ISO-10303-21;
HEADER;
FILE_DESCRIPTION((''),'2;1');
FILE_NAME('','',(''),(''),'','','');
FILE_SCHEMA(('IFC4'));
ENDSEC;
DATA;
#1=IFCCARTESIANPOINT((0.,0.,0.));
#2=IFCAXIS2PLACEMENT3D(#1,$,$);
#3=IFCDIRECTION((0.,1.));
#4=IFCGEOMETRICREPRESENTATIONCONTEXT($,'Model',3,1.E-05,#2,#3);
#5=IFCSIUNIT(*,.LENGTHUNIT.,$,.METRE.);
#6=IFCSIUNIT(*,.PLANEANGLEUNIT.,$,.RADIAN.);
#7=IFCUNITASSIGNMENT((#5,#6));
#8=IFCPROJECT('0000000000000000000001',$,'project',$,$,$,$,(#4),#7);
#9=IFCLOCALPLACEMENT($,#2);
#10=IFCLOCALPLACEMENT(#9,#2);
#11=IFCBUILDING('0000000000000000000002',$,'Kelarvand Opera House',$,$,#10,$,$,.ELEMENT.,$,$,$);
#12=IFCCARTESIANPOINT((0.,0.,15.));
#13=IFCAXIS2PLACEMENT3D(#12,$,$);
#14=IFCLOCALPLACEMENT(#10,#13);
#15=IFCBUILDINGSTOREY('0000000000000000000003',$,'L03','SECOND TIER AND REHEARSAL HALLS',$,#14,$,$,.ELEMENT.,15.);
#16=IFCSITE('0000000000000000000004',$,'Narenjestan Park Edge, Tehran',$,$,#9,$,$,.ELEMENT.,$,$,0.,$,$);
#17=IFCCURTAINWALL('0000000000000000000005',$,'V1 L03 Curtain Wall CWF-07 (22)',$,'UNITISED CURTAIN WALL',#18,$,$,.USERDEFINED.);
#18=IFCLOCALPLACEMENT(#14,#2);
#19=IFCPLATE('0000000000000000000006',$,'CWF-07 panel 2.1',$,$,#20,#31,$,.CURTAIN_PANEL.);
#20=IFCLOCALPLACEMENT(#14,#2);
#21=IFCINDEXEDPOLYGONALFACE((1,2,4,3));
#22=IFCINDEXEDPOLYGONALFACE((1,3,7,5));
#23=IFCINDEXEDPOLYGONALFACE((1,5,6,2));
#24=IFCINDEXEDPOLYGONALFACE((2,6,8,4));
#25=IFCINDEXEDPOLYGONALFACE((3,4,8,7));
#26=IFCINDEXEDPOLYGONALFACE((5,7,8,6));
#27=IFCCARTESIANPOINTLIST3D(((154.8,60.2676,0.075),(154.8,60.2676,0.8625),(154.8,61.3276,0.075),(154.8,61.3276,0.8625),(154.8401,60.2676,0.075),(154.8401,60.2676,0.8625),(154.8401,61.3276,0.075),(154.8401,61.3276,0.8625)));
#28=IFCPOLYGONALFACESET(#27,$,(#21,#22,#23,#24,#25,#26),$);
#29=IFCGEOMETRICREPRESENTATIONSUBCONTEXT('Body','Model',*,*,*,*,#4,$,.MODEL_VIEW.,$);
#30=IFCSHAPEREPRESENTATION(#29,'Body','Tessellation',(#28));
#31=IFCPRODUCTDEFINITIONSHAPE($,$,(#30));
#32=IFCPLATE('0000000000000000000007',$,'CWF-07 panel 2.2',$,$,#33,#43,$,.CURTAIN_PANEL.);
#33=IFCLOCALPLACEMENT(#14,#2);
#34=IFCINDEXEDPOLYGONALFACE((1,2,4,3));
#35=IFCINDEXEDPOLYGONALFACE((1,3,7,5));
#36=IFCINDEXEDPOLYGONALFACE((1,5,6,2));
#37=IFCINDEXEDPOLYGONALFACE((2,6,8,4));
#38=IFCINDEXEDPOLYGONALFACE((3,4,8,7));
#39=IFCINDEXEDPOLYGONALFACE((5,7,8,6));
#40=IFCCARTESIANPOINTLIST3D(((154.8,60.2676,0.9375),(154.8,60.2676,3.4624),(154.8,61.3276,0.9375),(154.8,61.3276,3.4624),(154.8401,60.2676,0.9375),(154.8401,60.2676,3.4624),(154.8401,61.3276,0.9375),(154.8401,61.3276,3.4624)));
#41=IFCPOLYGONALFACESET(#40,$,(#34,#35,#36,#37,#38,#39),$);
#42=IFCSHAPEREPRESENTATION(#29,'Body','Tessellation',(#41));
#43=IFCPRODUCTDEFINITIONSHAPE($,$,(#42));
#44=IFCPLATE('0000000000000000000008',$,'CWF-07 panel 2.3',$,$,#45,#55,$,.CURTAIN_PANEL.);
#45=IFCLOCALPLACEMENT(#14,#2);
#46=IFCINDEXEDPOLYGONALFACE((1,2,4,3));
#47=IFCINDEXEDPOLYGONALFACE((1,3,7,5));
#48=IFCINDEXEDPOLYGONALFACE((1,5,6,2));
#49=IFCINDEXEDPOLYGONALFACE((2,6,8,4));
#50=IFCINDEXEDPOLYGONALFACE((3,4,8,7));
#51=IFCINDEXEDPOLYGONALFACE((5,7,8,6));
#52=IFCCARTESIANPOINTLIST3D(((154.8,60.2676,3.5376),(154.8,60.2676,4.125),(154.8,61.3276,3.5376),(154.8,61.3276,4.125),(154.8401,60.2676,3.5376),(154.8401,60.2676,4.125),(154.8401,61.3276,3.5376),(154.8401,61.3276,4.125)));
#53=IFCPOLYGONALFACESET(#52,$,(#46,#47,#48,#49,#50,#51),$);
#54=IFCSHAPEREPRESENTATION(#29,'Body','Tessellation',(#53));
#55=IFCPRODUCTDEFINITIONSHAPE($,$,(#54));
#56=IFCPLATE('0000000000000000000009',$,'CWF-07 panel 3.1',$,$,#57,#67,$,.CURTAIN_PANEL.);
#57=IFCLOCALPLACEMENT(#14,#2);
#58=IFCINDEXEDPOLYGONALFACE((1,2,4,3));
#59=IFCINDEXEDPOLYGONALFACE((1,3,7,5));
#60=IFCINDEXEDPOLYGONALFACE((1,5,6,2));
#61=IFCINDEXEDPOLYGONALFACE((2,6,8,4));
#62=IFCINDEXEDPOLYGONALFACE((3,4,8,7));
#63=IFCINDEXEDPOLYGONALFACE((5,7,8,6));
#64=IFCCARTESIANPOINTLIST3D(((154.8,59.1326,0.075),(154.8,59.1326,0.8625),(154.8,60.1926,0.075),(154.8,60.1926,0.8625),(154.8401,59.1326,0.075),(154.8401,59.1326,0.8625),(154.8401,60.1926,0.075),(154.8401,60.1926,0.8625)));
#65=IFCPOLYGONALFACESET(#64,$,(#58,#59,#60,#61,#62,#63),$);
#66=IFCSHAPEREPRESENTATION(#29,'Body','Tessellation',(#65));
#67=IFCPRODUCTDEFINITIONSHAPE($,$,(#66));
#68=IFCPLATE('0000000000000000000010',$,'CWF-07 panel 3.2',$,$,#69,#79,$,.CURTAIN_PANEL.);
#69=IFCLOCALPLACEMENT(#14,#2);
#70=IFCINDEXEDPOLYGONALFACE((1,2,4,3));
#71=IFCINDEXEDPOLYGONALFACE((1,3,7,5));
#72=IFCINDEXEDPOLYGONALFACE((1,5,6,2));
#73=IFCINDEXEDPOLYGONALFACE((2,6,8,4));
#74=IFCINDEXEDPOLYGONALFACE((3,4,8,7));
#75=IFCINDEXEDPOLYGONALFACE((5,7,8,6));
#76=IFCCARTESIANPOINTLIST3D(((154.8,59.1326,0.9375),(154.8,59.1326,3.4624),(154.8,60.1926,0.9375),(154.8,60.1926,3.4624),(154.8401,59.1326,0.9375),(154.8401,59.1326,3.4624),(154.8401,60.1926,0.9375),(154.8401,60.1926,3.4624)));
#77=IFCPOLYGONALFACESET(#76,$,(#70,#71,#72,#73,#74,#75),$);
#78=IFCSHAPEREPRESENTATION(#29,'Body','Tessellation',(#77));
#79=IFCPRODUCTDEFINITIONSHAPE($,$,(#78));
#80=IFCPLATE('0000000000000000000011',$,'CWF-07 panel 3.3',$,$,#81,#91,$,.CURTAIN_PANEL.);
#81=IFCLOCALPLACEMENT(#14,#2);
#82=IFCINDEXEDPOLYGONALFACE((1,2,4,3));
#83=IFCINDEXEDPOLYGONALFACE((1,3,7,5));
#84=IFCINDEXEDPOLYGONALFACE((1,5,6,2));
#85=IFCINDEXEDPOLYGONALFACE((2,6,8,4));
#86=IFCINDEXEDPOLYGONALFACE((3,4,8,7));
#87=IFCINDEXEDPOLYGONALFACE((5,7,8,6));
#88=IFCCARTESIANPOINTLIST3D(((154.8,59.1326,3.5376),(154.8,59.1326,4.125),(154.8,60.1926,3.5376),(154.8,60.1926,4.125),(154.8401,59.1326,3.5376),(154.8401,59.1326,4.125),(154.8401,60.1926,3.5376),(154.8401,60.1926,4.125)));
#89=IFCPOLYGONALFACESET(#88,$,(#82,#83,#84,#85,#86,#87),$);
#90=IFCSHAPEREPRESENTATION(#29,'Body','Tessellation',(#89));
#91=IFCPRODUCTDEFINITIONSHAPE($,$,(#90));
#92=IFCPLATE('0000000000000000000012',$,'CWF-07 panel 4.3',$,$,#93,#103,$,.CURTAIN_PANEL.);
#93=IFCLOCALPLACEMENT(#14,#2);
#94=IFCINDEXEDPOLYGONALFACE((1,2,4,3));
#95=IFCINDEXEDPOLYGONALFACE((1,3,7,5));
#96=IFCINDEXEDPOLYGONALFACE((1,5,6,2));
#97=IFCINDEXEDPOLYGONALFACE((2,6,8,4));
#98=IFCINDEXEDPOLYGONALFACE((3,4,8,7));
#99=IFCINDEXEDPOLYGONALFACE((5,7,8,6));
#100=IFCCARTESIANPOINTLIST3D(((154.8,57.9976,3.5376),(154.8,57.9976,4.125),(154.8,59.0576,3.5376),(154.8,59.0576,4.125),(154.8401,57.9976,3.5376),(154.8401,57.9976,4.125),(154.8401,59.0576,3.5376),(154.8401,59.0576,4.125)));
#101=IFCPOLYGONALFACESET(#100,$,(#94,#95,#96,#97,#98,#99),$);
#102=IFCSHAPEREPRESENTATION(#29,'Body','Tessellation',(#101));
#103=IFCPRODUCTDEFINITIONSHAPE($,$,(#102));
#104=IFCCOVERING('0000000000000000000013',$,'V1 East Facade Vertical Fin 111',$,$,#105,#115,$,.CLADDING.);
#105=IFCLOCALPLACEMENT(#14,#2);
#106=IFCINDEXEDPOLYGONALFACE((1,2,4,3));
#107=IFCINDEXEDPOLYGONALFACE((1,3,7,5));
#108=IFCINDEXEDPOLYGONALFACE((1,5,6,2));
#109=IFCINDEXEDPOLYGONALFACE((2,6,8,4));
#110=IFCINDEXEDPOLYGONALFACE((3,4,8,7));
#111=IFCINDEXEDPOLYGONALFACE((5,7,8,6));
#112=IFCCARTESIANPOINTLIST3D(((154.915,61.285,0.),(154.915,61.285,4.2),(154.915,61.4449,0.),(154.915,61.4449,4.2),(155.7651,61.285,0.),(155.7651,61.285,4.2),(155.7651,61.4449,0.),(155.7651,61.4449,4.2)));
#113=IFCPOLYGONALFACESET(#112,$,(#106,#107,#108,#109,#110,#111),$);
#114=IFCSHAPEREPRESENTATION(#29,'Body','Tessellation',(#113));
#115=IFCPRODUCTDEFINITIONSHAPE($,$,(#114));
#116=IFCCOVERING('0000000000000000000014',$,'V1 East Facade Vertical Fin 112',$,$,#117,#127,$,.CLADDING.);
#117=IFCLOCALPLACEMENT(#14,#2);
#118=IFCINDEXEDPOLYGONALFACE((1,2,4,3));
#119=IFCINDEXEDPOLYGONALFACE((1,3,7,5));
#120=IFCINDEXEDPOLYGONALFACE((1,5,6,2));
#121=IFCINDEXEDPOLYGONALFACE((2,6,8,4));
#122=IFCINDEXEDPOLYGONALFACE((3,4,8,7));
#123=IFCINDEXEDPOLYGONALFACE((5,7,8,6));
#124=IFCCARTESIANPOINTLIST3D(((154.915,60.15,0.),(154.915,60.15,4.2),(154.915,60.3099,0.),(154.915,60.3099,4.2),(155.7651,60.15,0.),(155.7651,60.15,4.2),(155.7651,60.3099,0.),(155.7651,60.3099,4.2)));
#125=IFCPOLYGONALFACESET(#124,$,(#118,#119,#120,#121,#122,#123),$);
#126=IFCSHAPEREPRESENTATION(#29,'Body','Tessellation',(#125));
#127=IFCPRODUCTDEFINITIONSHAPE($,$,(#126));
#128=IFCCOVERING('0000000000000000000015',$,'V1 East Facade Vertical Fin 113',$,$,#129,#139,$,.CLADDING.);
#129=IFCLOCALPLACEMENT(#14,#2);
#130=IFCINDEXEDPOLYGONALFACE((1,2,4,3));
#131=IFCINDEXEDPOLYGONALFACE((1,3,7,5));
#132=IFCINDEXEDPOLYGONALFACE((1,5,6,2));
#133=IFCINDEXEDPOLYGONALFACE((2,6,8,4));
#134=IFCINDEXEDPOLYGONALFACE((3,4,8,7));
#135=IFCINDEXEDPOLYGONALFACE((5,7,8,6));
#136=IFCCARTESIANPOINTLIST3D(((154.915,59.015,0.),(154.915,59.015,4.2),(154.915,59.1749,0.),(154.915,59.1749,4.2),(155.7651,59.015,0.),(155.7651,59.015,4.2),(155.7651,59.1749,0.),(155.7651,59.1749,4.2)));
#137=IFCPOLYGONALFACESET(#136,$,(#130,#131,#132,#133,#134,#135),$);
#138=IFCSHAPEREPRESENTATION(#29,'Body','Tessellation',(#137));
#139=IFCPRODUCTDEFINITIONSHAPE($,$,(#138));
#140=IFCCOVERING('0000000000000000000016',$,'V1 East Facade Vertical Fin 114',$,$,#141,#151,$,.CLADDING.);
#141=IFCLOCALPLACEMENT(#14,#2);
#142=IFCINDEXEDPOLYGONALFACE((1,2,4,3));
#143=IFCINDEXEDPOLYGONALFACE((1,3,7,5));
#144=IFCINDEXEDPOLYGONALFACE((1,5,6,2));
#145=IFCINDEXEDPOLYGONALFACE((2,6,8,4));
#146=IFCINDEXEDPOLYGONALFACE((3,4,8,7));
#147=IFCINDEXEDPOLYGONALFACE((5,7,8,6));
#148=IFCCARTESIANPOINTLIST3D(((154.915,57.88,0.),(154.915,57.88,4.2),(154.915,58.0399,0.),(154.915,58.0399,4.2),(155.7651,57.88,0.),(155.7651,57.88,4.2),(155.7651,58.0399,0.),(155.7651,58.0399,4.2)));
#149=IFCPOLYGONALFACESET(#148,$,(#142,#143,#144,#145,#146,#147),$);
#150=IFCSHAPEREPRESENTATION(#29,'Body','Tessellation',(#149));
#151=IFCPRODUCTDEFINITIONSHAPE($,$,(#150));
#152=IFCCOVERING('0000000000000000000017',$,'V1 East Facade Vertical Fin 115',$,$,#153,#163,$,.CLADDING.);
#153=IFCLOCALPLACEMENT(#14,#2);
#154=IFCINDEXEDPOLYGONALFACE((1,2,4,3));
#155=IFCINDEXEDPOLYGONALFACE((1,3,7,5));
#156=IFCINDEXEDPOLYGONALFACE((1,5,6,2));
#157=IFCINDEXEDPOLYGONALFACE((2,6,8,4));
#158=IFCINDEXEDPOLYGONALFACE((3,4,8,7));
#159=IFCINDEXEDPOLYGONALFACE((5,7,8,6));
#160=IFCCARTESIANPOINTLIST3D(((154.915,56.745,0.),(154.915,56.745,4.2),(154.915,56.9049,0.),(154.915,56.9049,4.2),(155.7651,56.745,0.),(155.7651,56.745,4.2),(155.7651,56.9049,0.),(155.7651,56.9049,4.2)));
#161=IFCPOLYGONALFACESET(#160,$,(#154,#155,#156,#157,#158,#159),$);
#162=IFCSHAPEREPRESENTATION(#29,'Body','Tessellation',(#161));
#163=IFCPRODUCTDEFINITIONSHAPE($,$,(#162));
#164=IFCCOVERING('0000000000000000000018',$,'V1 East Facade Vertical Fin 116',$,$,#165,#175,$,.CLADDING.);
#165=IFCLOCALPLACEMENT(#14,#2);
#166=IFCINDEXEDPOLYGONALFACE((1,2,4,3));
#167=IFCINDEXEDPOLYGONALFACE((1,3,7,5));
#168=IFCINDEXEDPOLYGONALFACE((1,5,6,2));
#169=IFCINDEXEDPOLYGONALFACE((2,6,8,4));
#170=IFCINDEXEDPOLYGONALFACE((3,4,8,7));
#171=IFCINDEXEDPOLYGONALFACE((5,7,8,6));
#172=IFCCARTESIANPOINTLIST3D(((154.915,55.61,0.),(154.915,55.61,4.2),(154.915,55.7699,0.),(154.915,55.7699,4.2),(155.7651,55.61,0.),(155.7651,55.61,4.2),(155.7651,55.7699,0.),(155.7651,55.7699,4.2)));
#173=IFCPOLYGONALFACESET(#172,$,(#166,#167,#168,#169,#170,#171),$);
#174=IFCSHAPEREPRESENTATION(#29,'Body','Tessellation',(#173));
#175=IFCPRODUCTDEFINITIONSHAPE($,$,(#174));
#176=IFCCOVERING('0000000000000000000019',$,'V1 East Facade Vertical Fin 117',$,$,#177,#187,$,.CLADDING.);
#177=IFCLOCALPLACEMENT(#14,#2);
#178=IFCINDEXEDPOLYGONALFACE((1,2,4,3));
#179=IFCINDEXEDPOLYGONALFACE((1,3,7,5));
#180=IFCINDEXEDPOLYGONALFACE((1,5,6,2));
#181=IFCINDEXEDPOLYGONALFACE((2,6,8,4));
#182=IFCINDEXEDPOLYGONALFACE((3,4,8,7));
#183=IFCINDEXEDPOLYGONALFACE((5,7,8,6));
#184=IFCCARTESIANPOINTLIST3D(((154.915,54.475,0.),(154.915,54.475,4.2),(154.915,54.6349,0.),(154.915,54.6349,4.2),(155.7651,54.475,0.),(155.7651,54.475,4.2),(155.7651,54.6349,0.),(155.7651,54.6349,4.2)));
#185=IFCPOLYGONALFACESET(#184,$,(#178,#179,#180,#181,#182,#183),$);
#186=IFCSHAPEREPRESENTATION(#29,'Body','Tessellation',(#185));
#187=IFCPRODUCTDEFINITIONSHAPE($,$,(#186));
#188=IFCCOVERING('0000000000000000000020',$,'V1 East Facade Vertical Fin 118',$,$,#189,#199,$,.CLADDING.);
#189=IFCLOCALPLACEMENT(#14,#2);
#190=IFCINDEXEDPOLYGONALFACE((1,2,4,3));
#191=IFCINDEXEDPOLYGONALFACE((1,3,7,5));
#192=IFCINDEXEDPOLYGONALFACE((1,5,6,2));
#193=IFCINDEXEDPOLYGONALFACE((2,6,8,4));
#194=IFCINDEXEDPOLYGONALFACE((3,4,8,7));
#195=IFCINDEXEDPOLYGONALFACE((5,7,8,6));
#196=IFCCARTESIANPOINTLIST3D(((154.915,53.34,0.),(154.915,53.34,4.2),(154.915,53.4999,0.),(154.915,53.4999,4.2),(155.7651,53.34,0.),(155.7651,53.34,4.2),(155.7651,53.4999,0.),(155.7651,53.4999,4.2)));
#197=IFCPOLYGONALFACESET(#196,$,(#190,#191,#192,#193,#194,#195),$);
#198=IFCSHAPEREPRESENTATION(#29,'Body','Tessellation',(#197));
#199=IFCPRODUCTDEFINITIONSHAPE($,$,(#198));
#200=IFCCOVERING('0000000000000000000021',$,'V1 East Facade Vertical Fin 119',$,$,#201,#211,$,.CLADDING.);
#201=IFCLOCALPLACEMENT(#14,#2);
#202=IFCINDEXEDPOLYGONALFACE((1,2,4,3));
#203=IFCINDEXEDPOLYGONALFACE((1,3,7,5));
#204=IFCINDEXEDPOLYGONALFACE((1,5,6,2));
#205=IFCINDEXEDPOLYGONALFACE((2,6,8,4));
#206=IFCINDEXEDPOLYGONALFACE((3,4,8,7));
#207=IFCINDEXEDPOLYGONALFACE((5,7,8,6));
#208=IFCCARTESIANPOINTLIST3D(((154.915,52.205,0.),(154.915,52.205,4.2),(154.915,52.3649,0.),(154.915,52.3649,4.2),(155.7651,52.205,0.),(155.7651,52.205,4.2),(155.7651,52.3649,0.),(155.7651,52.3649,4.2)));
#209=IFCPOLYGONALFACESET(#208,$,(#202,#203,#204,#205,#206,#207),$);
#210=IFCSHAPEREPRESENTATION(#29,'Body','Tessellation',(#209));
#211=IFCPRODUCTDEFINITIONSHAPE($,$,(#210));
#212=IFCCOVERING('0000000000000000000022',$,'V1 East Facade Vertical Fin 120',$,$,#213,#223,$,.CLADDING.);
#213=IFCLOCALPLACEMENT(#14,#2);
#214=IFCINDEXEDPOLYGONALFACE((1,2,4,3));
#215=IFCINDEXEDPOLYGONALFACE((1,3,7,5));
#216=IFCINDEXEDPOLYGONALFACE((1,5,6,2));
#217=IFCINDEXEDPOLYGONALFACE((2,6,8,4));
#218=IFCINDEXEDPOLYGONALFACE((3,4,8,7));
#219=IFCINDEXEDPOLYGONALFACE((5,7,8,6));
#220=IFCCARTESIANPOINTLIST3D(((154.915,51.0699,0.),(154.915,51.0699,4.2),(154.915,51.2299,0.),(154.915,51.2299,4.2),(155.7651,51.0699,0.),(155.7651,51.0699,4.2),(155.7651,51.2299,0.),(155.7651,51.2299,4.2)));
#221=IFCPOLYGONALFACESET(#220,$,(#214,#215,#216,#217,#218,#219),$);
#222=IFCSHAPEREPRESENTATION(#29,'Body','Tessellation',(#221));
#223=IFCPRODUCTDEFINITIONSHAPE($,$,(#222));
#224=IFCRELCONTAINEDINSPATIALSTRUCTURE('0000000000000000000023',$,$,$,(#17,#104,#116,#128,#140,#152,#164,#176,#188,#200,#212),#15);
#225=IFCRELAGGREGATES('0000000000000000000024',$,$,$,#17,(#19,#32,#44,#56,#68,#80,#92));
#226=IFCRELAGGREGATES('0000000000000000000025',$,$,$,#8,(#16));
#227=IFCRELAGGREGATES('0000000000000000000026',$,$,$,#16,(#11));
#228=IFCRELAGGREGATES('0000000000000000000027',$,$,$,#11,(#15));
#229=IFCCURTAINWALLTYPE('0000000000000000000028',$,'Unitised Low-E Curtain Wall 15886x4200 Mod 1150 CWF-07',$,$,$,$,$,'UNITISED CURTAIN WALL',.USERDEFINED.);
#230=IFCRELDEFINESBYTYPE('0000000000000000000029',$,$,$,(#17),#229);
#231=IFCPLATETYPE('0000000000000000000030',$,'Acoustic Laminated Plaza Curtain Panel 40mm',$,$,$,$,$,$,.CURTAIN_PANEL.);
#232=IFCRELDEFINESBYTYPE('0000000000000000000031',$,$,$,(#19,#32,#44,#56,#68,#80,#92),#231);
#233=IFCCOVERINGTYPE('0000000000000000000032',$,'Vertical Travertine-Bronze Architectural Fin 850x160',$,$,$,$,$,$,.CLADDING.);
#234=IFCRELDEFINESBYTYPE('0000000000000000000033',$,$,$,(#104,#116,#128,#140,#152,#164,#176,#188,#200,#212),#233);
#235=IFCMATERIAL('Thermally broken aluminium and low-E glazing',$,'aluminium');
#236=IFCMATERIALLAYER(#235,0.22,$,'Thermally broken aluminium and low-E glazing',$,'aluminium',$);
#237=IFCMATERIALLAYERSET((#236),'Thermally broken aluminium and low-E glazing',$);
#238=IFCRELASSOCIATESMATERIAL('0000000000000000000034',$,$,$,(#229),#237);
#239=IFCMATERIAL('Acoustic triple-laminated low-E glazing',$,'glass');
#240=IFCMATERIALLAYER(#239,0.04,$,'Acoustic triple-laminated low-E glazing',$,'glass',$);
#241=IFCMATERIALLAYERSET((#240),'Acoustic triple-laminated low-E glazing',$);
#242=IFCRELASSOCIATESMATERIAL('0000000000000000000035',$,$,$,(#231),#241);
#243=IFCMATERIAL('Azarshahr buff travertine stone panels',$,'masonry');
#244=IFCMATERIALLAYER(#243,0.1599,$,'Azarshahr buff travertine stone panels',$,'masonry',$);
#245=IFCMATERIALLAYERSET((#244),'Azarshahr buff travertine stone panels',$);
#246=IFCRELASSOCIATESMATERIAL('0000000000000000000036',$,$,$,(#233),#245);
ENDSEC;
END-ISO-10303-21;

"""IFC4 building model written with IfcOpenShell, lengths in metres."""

from ifc_helpers import new_model, si_unit, direction, frame, origin, origin_2d, place, context, subcontext, project, spatial, rectangle, extrude, material, layer, layer_set, type_object, element, aggregate, save


model = new_model("IFC4")

# Units and contexts
model_context = context("Model", 3, precision=1e-05, world=origin(), true_north=direction((0.0, 1.0)))
body_context = subcontext(model_context, "Body", "Model", "MODEL_VIEW")
ifc_project = project(units=[si_unit("LENGTHUNIT", "METRE"), si_unit("PLANEANGLEUNIT", "RADIAN")], contexts=[model_context])

# Site, building, storey
site_placement = place(None, origin())
site = spatial("IfcSite", under=ifc_project, at=site_placement, Name="Narenjestan Park Edge, Tehran", CompositionType="ELEMENT", RefElevation=0.0)
building_placement = place(site_placement, origin())
building = spatial("IfcBuilding", under=site, at=building_placement, Name="Kelarvand Opera House", CompositionType="ELEMENT")
storey_placement = place(building_placement, frame((0.0, 0.0, 15.0)))
storey = spatial("IfcBuildingStorey", under=building, at=storey_placement, Name="L03", Description="SECOND TIER AND REHEARSAL HALLS", CompositionType="ELEMENT", Elevation=15.0)

# Curtain wall, plates
ifc_material_1 = material(Name="Thermally broken aluminium and low-E glazing", Category="aluminium")
ifc_layer_1 = layer(ifc_material_1, 0.22, Name="Thermally broken aluminium and low-E glazing", Category="aluminium")
ifc_layer_set_1 = layer_set([ifc_layer_1], Name="Thermally broken aluminium and low-E glazing")
curtain_wall_type = type_object("IfcCurtainWallType", Name="Unitised Low-E Curtain Wall 15886x4200 Mod 1150 CWF-07", ElementType="UNITISED CURTAIN WALL", PredefinedType="USERDEFINED", material=ifc_layer_set_1)
curtain_wall_placement = place(storey_placement, origin())
curtain_wall = element("IfcCurtainWall", 1, at=curtain_wall_placement, inside=storey, type_object=curtain_wall_type, Name="V1 L03 Curtain Wall CWF-07 (22)", ObjectType="UNITISED CURTAIN WALL", PredefinedType="USERDEFINED")
ifc_material_2 = material(Name="Acoustic triple-laminated low-E glazing", Category="glass")
ifc_layer_2 = layer(ifc_material_2, 0.04, Name="Acoustic triple-laminated low-E glazing", Category="glass")
ifc_layer_set_2 = layer_set([ifc_layer_2], Name="Acoustic triple-laminated low-E glazing")
plate_type = type_object("IfcPlateType", Name="Acoustic Laminated Plaza Curtain Panel 40mm", PredefinedType="CURTAIN_PANEL", material=ifc_layer_set_2)
plate_1_placement = place(storey_placement, frame((154.8201, 60.7976, 0.075), z_axis=(0.0, 0.0, 1.0), x_axis=(0.0, -1.0, 0.0)))
plate_1 = element("IfcPlate", 2, at=plate_1_placement, type_object=plate_type, Name="CWF-07 panel 2.1", PredefinedType="CURTAIN_PANEL", context=body_context, shape_type="SweptSolid", body=[
    extrude(rectangle(XDim=1.0601, YDim=0.04, at=origin_2d()), origin(), (0.0, 0.0, 1.0), 0.7876),
])
plate_2_placement = place(storey_placement, frame((154.8201, 60.7976, 0.9375), z_axis=(0.0, 0.0, 1.0), x_axis=(0.0, -1.0, 0.0)))
plate_2 = element("IfcPlate", 3, at=plate_2_placement, type_object=plate_type, Name="CWF-07 panel 2.2", PredefinedType="CURTAIN_PANEL", context=body_context, shape_type="SweptSolid", body=[
    extrude(rectangle(XDim=1.0601, YDim=0.04, at=origin_2d()), origin(), (0.0, 0.0, 1.0), 2.5249),
])
plate_3_placement = place(storey_placement, frame((154.8201, 60.7976, 3.5376), z_axis=(0.0, 0.0, 1.0), x_axis=(0.0, -1.0, 0.0)))
plate_3 = element("IfcPlate", 4, at=plate_3_placement, type_object=plate_type, Name="CWF-07 panel 2.3", PredefinedType="CURTAIN_PANEL", context=body_context, shape_type="SweptSolid", body=[
    extrude(rectangle(XDim=1.0601, YDim=0.04, at=origin_2d()), origin(), (0.0, 0.0, 1.0), 0.5874),
])
plate_4_placement = place(storey_placement, frame((154.8201, 59.6626, 0.075), z_axis=(0.0, 0.0, 1.0), x_axis=(0.0, -1.0, 0.0)))
plate_4 = element("IfcPlate", 5, at=plate_4_placement, type_object=plate_type, Name="CWF-07 panel 3.1", PredefinedType="CURTAIN_PANEL", context=body_context, shape_type="SweptSolid", body=[
    extrude(rectangle(XDim=1.0601, YDim=0.04, at=origin_2d()), origin(), (0.0, 0.0, 1.0), 0.7876),
])
plate_5_placement = place(storey_placement, frame((154.8201, 59.6626, 0.9375), z_axis=(0.0, 0.0, 1.0), x_axis=(0.0, -1.0, 0.0)))
plate_5 = element("IfcPlate", 6, at=plate_5_placement, type_object=plate_type, Name="CWF-07 panel 3.2", PredefinedType="CURTAIN_PANEL", context=body_context, shape_type="SweptSolid", body=[
    extrude(rectangle(XDim=1.0601, YDim=0.04, at=origin_2d()), origin(), (0.0, 0.0, 1.0), 2.5249),
])
plate_6_placement = place(storey_placement, frame((154.8201, 59.6626, 3.5376), z_axis=(0.0, 0.0, 1.0), x_axis=(0.0, -1.0, 0.0)))
plate_6 = element("IfcPlate", 7, at=plate_6_placement, type_object=plate_type, Name="CWF-07 panel 3.3", PredefinedType="CURTAIN_PANEL", context=body_context, shape_type="SweptSolid", body=[
    extrude(rectangle(XDim=1.0601, YDim=0.04, at=origin_2d()), origin(), (0.0, 0.0, 1.0), 0.5874),
])
plate_7_placement = place(storey_placement, frame((154.8201, 58.5276, 3.5376), z_axis=(0.0, 0.0, 1.0), x_axis=(0.0, -1.0, 0.0)))
plate_7 = element("IfcPlate", 8, at=plate_7_placement, type_object=plate_type, Name="CWF-07 panel 4.3", PredefinedType="CURTAIN_PANEL", context=body_context, shape_type="SweptSolid", body=[
    extrude(rectangle(XDim=1.0601, YDim=0.04, at=origin_2d()), origin(), (0.0, 0.0, 1.0), 0.5874),
])
aggregate(curtain_wall, [plate_1, plate_2, plate_3, plate_4, plate_5, plate_6, plate_7])

# Coverings
ifc_material_3 = material(Name="Azarshahr buff travertine stone panels", Category="masonry")
ifc_layer_3 = layer(ifc_material_3, 0.1599, Name="Azarshahr buff travertine stone panels", Category="masonry")
ifc_layer_set_3 = layer_set([ifc_layer_3], Name="Azarshahr buff travertine stone panels")
covering_type = type_object("IfcCoveringType", Name="Vertical Travertine-Bronze Architectural Fin 850x160", PredefinedType="CLADDING", material=ifc_layer_set_3)
for number, where, z_axis, x_axis, name in (
    (9, (155.3401, 61.365, 0.0), (0.0, 0.0, 1.0), (1.0, 0.0, 0.0), "V1 East Facade Vertical Fin 111"),
    (10, (155.3401, 60.23, 0.0), (0.0, 0.0, 1.0), (1.0, 0.0, 0.0), "V1 East Facade Vertical Fin 112"),
    (11, (155.3401, 59.095, 0.0), (0.0, 0.0, 1.0), (1.0, 0.0, 0.0), "V1 East Facade Vertical Fin 113"),
    (12, (155.3401, 57.96, 0.0), (0.0, 0.0, 1.0), (1.0, 0.0, 0.0), "V1 East Facade Vertical Fin 114"),
    (13, (155.3401, 56.825, 0.0), (0.0, 0.0, 1.0), (1.0, 0.0, 0.0), "V1 East Facade Vertical Fin 115"),
    (14, (155.3401, 55.6899, 0.0), (0.0, 0.0, 1.0), (1.0, 0.0, 0.0), "V1 East Facade Vertical Fin 116"),
    (15, (155.3401, 54.5549, 0.0), (0.0, 0.0, 1.0), (1.0, 0.0, 0.0), "V1 East Facade Vertical Fin 117"),
    (16, (155.3401, 53.4199, 0.0), (0.0, 0.0, 1.0), (1.0, 0.0, 0.0), "V1 East Facade Vertical Fin 118"),
    (17, (155.3401, 52.2849, 0.0), (0.0, 0.0, 1.0), (1.0, 0.0, 0.0), "V1 East Facade Vertical Fin 119"),
    (18, (155.3401, 51.1499, 0.0), (0.0, 0.0, 1.0), (1.0, 0.0, 0.0), "V1 East Facade Vertical Fin 120"),
):
    element("IfcCovering", number, at=place(storey_placement, frame(where, z_axis=z_axis, x_axis=x_axis)), inside=storey, type_object=covering_type, Name=name, PredefinedType="CLADDING", context=body_context, shape_type="SweptSolid", body=[
        extrude(rectangle(XDim=0.8501, YDim=0.1599, at=origin_2d()), origin(), (0.0, 0.0, 1.0), 4.2),
    ])

save(model, "model.ifc")
